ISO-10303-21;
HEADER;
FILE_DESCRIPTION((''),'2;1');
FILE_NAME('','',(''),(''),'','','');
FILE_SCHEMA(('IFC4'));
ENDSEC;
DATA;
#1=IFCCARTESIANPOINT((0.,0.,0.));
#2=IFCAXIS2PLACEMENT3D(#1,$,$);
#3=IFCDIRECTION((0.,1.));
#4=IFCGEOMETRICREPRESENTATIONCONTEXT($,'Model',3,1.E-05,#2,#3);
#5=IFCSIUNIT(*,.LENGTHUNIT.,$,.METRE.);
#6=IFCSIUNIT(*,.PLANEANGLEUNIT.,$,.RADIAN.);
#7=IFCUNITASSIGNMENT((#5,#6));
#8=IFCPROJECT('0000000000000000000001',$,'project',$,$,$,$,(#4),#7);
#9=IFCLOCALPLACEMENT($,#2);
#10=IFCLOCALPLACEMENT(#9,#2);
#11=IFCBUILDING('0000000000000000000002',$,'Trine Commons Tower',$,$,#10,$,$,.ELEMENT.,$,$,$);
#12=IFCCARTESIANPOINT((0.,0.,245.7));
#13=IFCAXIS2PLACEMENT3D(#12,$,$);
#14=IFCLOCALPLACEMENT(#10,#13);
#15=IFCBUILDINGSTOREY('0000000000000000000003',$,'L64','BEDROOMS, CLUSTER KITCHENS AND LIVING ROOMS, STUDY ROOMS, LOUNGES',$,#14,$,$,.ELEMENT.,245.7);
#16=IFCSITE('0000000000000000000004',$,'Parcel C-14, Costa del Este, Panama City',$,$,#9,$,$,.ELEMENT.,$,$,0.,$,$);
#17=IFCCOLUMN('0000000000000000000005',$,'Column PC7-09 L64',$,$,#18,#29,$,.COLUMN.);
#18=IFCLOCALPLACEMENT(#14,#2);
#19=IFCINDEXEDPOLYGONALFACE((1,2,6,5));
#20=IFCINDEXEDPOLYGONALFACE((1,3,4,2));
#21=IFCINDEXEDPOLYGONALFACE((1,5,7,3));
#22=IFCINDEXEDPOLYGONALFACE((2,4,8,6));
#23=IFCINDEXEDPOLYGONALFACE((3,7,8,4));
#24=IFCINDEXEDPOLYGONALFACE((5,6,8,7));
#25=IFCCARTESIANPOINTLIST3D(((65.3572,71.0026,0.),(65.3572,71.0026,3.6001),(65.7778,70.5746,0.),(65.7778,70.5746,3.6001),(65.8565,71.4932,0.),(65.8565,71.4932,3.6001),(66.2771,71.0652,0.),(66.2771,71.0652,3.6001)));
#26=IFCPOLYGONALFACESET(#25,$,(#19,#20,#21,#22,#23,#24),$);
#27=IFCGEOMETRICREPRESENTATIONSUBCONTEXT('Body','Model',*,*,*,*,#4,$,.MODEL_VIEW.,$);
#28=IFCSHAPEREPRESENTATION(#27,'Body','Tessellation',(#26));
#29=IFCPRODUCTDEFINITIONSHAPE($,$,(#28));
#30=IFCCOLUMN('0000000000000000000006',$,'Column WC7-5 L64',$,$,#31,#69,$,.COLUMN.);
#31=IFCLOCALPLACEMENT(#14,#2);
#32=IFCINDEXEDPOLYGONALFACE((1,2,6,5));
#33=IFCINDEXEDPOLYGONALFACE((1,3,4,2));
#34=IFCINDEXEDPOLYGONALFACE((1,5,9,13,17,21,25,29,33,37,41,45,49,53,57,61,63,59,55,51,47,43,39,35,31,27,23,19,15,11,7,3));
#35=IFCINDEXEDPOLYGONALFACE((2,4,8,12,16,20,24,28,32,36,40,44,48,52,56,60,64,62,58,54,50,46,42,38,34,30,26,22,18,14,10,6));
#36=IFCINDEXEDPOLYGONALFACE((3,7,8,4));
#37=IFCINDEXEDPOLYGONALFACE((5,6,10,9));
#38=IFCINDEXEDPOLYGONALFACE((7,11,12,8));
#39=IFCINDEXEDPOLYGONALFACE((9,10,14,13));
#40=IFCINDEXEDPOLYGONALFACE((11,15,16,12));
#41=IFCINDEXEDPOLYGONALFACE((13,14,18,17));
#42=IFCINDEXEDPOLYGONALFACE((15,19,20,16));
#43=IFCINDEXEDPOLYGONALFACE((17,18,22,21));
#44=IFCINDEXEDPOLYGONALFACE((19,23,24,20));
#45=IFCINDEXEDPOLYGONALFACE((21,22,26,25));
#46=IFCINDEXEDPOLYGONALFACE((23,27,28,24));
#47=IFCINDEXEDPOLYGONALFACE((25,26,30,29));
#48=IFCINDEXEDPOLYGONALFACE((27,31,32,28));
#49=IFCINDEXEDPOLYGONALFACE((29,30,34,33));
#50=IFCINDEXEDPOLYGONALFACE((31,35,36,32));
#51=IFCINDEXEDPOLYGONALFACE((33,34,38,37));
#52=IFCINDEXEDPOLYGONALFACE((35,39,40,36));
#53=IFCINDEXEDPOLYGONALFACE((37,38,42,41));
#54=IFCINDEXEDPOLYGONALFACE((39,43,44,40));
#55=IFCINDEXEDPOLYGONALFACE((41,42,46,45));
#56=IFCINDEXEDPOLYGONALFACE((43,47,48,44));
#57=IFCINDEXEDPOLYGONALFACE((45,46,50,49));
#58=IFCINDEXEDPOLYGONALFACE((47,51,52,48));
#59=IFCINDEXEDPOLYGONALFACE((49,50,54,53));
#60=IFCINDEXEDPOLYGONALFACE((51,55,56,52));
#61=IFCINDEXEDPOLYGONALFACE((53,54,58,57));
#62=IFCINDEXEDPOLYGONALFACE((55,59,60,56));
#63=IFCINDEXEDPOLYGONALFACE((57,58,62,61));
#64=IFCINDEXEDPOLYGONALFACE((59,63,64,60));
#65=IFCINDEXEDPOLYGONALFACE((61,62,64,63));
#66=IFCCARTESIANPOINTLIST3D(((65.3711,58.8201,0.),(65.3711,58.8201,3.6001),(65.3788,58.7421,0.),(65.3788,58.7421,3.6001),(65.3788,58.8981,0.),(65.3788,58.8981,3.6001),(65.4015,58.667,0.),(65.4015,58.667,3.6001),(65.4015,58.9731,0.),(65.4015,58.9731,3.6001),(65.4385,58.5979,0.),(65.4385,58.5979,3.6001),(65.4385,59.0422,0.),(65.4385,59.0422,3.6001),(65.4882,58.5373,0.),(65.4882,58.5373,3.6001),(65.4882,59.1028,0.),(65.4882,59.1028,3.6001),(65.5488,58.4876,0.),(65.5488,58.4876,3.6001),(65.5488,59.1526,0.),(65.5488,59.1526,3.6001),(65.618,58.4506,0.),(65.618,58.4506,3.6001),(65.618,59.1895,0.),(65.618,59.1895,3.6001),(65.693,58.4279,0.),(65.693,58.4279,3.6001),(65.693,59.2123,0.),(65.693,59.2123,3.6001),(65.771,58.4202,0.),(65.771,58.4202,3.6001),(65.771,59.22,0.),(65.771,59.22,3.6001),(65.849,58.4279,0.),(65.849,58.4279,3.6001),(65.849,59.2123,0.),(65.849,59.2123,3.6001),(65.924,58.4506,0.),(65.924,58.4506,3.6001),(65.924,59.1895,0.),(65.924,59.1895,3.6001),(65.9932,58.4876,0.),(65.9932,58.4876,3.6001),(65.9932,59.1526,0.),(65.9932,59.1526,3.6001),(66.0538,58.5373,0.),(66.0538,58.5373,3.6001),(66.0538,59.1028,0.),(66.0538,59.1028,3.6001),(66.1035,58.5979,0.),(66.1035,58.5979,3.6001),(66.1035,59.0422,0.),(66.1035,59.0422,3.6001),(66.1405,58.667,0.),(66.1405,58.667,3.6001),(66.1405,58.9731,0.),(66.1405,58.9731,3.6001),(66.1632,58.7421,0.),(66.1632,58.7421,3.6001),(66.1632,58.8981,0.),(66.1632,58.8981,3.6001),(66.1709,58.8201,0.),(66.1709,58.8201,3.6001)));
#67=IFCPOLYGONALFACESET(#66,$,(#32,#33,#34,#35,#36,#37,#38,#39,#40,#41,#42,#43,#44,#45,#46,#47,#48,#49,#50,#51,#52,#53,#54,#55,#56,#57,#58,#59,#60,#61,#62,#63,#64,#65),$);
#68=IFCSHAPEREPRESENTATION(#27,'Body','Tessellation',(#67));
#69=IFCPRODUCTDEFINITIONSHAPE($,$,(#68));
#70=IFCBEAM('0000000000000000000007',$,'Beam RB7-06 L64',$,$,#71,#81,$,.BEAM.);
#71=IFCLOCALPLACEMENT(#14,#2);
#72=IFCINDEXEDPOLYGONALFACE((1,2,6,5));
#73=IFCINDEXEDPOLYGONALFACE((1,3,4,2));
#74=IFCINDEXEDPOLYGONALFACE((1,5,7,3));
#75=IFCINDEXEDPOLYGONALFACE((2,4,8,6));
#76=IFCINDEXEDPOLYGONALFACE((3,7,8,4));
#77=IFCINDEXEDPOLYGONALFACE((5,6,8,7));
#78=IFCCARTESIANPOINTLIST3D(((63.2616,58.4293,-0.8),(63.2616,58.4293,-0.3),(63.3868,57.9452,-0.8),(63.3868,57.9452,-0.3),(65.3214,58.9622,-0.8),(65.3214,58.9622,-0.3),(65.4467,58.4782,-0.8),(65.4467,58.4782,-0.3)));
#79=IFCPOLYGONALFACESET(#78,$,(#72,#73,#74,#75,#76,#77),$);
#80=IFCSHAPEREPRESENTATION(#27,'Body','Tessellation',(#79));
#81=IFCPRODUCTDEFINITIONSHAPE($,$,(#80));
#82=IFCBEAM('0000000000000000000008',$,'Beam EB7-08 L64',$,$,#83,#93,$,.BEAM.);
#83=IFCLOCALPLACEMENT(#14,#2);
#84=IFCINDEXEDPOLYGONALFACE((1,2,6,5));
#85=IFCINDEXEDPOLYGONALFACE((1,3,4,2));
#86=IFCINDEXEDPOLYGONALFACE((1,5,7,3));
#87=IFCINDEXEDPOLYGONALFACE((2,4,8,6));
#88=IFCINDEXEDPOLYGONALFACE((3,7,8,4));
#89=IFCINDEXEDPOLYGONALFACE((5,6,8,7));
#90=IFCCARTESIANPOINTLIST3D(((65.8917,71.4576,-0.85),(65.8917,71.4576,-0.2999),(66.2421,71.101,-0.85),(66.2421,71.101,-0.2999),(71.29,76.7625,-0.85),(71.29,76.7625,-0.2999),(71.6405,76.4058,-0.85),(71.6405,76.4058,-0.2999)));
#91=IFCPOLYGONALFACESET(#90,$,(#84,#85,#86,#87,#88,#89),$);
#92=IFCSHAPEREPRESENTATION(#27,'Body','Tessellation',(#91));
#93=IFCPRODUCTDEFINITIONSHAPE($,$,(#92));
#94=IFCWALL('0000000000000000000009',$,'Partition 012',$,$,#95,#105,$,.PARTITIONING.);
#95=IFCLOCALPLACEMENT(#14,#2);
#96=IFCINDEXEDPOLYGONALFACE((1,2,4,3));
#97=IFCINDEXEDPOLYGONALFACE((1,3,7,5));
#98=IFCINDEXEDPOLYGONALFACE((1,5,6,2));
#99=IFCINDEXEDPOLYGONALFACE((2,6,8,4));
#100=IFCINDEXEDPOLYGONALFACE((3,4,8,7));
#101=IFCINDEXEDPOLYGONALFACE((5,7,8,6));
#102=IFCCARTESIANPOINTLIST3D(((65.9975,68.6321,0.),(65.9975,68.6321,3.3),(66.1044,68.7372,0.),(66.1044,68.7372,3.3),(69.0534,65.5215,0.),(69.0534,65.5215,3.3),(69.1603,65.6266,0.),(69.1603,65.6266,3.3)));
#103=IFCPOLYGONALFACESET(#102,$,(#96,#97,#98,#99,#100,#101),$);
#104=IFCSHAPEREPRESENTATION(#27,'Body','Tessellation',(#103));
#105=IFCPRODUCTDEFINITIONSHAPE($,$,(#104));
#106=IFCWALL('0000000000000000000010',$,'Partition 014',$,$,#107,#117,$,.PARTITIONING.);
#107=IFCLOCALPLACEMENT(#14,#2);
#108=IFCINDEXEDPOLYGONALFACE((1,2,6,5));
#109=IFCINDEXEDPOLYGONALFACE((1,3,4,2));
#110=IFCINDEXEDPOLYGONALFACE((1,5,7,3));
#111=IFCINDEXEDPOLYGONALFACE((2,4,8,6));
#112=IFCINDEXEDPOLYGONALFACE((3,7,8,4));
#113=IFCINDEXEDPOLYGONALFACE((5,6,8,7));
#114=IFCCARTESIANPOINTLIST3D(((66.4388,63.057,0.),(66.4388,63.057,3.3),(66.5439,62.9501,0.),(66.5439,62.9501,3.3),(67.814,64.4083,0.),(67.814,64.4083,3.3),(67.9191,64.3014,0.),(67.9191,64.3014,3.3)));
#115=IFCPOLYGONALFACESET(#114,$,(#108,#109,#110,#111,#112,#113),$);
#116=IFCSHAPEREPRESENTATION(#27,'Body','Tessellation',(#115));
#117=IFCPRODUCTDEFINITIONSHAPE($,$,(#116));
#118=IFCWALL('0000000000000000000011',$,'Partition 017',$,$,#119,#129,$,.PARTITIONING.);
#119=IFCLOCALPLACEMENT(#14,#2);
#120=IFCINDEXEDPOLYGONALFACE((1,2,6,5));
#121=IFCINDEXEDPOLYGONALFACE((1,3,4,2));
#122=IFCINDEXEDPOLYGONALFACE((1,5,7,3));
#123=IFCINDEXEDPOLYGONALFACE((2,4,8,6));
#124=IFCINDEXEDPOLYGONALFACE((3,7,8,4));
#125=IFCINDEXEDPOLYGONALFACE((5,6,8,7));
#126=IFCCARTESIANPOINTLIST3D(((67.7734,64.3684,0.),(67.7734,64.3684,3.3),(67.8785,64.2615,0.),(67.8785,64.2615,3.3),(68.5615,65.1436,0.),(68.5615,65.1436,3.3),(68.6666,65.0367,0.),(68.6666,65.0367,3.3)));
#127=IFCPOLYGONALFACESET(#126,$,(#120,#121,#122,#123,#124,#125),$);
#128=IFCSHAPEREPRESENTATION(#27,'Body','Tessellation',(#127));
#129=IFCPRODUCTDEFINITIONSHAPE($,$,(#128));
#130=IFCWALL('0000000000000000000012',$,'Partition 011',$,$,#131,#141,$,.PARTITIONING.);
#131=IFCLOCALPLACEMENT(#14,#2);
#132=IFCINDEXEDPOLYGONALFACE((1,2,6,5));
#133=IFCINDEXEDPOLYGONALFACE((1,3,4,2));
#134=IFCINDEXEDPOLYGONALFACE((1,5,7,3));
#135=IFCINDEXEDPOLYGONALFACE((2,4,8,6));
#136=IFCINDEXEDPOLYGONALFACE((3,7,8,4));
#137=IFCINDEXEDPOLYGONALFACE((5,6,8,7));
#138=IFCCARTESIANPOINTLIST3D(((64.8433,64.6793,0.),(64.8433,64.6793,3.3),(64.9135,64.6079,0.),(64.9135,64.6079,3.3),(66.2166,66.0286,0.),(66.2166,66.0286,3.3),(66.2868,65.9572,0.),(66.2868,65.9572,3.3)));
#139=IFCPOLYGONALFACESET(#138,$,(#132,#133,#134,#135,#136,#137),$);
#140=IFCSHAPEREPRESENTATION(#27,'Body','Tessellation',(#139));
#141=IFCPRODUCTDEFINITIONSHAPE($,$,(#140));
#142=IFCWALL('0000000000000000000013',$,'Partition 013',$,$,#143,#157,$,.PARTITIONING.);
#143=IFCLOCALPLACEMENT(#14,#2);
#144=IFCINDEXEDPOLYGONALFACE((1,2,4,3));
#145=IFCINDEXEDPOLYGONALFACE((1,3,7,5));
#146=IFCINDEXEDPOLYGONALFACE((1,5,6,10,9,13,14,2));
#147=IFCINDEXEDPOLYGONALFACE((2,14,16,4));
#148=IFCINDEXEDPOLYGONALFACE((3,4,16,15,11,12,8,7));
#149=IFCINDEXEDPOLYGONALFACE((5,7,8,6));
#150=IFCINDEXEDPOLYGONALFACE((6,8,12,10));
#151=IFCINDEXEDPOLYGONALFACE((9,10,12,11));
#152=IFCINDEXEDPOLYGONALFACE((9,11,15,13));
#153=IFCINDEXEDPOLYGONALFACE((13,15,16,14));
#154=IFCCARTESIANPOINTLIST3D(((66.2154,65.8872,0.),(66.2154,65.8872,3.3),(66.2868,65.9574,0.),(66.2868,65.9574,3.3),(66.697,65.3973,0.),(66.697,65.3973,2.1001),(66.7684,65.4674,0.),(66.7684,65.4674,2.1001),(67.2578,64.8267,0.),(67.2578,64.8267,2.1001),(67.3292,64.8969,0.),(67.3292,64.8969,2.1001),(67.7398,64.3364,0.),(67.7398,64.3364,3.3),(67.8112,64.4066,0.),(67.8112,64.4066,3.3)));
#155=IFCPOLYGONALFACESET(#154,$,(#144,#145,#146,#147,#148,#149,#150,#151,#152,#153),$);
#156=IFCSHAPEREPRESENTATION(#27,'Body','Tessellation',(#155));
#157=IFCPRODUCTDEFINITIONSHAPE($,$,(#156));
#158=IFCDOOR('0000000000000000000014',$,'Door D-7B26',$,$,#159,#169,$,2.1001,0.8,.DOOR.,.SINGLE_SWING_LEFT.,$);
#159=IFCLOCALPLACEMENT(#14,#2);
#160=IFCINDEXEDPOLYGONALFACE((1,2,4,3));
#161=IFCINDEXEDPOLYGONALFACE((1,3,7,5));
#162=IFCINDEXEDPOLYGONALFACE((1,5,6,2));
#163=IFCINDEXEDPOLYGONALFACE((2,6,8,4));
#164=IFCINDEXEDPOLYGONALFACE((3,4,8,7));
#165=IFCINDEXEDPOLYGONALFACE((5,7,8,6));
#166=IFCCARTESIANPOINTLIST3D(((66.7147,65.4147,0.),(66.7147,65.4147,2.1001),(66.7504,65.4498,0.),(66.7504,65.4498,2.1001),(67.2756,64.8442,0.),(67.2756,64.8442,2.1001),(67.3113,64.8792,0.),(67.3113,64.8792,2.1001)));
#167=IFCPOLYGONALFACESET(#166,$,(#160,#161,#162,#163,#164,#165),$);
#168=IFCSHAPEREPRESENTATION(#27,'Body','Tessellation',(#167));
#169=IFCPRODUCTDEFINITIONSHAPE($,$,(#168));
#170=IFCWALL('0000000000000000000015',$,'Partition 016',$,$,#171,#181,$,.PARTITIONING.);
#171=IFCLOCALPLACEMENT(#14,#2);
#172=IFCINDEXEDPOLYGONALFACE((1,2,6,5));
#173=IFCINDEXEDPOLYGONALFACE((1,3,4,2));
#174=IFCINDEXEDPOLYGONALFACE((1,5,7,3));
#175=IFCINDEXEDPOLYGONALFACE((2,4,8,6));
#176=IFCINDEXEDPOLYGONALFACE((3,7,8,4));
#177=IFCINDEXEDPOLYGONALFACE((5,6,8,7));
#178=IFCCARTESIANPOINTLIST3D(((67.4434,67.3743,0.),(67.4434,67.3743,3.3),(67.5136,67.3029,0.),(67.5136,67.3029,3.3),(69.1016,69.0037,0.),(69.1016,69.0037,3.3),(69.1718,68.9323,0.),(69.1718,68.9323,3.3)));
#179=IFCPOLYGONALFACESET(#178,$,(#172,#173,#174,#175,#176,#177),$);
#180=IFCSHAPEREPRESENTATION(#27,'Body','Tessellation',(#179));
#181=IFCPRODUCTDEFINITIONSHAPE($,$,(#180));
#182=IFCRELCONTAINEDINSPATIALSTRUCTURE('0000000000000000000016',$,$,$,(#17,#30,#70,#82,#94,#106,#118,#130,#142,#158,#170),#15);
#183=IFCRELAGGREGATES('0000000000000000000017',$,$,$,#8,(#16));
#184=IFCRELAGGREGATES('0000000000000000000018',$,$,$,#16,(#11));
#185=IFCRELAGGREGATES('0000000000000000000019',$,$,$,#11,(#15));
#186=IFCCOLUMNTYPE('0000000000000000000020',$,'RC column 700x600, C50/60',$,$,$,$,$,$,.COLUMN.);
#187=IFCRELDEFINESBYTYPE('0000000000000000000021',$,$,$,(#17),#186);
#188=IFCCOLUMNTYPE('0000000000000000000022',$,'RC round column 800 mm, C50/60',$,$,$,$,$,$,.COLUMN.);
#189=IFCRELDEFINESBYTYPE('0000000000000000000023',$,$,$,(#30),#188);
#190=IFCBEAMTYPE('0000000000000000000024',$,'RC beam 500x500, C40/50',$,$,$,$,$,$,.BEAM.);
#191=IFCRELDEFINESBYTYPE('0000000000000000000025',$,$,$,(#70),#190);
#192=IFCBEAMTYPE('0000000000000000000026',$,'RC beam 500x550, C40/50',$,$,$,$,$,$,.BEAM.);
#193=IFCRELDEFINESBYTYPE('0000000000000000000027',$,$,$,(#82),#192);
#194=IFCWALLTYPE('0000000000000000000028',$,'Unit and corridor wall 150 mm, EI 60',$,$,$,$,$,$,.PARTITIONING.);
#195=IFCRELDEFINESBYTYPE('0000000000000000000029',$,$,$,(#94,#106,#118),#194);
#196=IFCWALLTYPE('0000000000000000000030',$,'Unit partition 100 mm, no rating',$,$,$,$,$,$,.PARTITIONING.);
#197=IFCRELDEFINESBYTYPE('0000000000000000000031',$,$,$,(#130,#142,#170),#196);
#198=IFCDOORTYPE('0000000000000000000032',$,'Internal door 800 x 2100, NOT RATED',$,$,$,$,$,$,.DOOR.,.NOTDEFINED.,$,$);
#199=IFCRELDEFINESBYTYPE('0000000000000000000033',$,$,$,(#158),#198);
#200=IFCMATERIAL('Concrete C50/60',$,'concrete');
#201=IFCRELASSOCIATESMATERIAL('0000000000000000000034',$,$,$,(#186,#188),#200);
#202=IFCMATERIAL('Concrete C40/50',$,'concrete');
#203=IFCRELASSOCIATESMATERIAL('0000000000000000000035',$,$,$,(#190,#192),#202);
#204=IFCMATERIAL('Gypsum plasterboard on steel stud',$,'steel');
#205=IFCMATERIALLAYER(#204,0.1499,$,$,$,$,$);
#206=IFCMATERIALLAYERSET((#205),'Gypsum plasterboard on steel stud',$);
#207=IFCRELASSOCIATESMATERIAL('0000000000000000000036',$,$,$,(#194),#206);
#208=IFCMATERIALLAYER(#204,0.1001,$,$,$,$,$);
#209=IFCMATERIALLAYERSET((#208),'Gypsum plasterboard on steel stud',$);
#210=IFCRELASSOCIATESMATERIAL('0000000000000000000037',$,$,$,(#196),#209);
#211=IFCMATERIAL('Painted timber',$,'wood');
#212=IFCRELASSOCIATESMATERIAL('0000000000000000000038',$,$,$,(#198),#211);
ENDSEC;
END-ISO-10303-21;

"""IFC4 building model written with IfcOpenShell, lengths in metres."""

from ifc_helpers import new_model, si_unit, direction, frame, frame_2d, origin, origin_2d, place, context, subcontext, project, spatial, rectangle, circle, extrude, material, layer, layer_set, material_profile, profile_set, type_object, element, fill, save


model = new_model("IFC4")

# Units and contexts
model_context = context("Model", 3, precision=1e-05, world=origin(), true_north=direction((0.0, 1.0)))
body_context = subcontext(model_context, "Body", "Model", "MODEL_VIEW")
ifc_project = project(units=[si_unit("LENGTHUNIT", "METRE"), si_unit("PLANEANGLEUNIT", "RADIAN")], contexts=[model_context])

# Site, building, storey
site_placement = place(None, origin())
site = spatial("IfcSite", under=ifc_project, at=site_placement, Name="Parcel C-14, Costa del Este, Panama City", CompositionType="ELEMENT", RefElevation=0.0)
building_placement = place(site_placement, origin())
building = spatial("IfcBuilding", under=site, at=building_placement, Name="Trine Commons Tower", CompositionType="ELEMENT")
storey_placement = place(building_placement, frame((0.0, 0.0, 245.7)))
storey = spatial("IfcBuildingStorey", under=building, at=storey_placement, Name="L64", Description="BEDROOMS, CLUSTER KITCHENS AND LIVING ROOMS, STUDY ROOMS, LOUNGES", CompositionType="ELEMENT", Elevation=245.7)

# Columns
ifc_material_1 = material(Name="Concrete C50/60", Category="concrete")
ifc_material_profile_1 = material_profile(ifc_material_1, rectangle(XDim=0.7, YDim=0.6001, at=origin_2d()), Name="RC 700x600")
ifc_profile_set_1 = profile_set([ifc_material_profile_1], Name="Concrete C50/60")
column_type_1 = type_object("IfcColumnType", Name="RC column 700x600, C50/60", PredefinedType="COLUMN", material=ifc_profile_set_1)
column_1_placement = place(storey_placement, frame((65.8171, 71.0339, 0.0), z_axis=(0.0, 0.0, 1.0), x_axis=(0.71325, 0.700909, 0.0)))
element("IfcColumn", 1, at=column_1_placement, inside=storey, type_object=column_type_1, Name="Column PC7-09 L64", PredefinedType="COLUMN", context=body_context, shape_type="SweptSolid", body=[
    extrude(rectangle(XDim=0.7, YDim=0.6001, at=origin_2d()), origin(), (0.0, 0.0, 1.0), 3.6001),
])
ifc_material_profile_2 = material_profile(ifc_material_1, circle(Radius=0.3999, at=origin_2d()), Name="RC round 800")
ifc_profile_set_2 = profile_set([ifc_material_profile_2], Name="Concrete C50/60")
column_type_2 = type_object("IfcColumnType", Name="RC round column 800 mm, C50/60", PredefinedType="COLUMN", material=ifc_profile_set_2)
column_2_placement = place(storey_placement, frame((65.771, 58.8201, 0.0), z_axis=(0.0, 0.0, 1.0), x_axis=(1.0, 0.0, 0.0)))
element("IfcColumn", 2, at=column_2_placement, inside=storey, type_object=column_type_2, Name="Column WC7-5 L64", PredefinedType="COLUMN", context=body_context, shape_type="SweptSolid", body=[
    extrude(circle(Radius=0.3999, at=origin_2d()), origin(), (0.0, 0.0, 1.0), 3.6001),
])

# Beams
ifc_material_2 = material(Name="Concrete C40/50", Category="concrete")
ifc_material_profile_3 = material_profile(ifc_material_2, rectangle(XDim=0.5, YDim=0.5, at=origin_2d()), Name="RC 500x500")
ifc_profile_set_3 = profile_set([ifc_material_profile_3], Name="Concrete C40/50")
beam_type_1 = type_object("IfcBeamType", Name="RC beam 500x500, C40/50", PredefinedType="BEAM", material=ifc_profile_set_3)
beam_1_placement = place(storey_placement, frame((65.384, 58.7202, -0.55), z_axis=(-0.968119, -0.250492, 0.0), x_axis=(0.250492, -0.968119, 0.0)))
element("IfcBeam", 3, at=beam_1_placement, inside=storey, type_object=beam_type_1, Name="Beam RB7-06 L64", PredefinedType="BEAM", context=body_context, shape_type="SweptSolid", body=[
    extrude(rectangle(XDim=0.5, YDim=0.5, at=origin_2d()), origin(), (0.0, 0.0, 1.0), 2.1277),
])
ifc_material_profile_4 = material_profile(ifc_material_2, rectangle(XDim=0.5, YDim=0.55, at=origin_2d()), Name="RC 500x550")
ifc_profile_set_4 = profile_set([ifc_material_profile_4], Name="Concrete C40/50")
beam_type_2 = type_object("IfcBeamType", Name="RC beam 500x550, C40/50", PredefinedType="BEAM", material=ifc_profile_set_4)
beam_2_placement = place(storey_placement, frame((66.0669, 71.2793, -0.575), z_axis=(0.713257, 0.700903, 0.0), x_axis=(-0.700903, 0.713257, 0.0)))
element("IfcBeam", 4, at=beam_2_placement, inside=storey, type_object=beam_type_2, Name="Beam EB7-08 L64", PredefinedType="BEAM", context=body_context, shape_type="SweptSolid", body=[
    extrude(rectangle(XDim=0.5, YDim=0.55, at=origin_2d()), origin(), (0.0, 0.0, 1.0), 7.5686),
])

# Walls
ifc_material_3 = material(Name="Gypsum plasterboard on steel stud", Category="steel")
ifc_layer_1 = layer(ifc_material_3, 0.1499)
ifc_layer_set_1 = layer_set([ifc_layer_1], Name="Gypsum plasterboard on steel stud")
wall_type_1 = type_object("IfcWallType", Name="Unit and corridor wall 150 mm, EI 60", PredefinedType="PARTITIONING", material=ifc_layer_set_1)
wall_1_placement = place(storey_placement, frame((66.051, 68.6846, 0.0), z_axis=(0.0, 0.0, 1.0), x_axis=(0.700808, -0.71335, 0.0)))
element("IfcWall", 5, at=wall_1_placement, inside=storey, type_object=wall_type_1, Name="Partition 012", PredefinedType="PARTITIONING", context=body_context, shape_type="SweptSolid", body=[
    extrude(rectangle(XDim=4.3606, YDim=0.1499, at=frame_2d((2.1802, 0.0))), origin(), (0.0, 0.0, 1.0), 3.3),
])
wall_2_placement = place(storey_placement, frame((66.4915, 63.0037, 0.0), z_axis=(0.0, 0.0, 1.0), x_axis=(0.713284, 0.700875, 0.0)))
element("IfcWall", 6, at=wall_2_placement, inside=storey, type_object=wall_type_1, Name="Partition 014", PredefinedType="PARTITIONING", context=body_context, shape_type="SweptSolid", body=[
    extrude(rectangle(XDim=1.928, YDim=0.1499, at=frame_2d((0.9639, 0.0))), origin(), (0.0, 0.0, 1.0), 3.3),
])
wall_3_placement = place(storey_placement, frame((67.8259, 64.3149, 0.0), z_axis=(0.0, 0.0, 1.0), x_axis=(0.712935, 0.70123, 0.0)))
element("IfcWall", 7, at=wall_3_placement, inside=storey, type_object=wall_type_1, Name="Partition 017", PredefinedType="PARTITIONING", context=body_context, shape_type="SweptSolid", body=[
    extrude(rectangle(XDim=1.1055, YDim=0.1499, at=frame_2d((0.5527, 0.0))), origin(), (0.0, 0.0, 1.0), 3.3),
])
ifc_layer_2 = layer(ifc_material_3, 0.1001)
ifc_layer_set_2 = layer_set([ifc_layer_2], Name="Gypsum plasterboard on steel stud")
wall_type_2 = type_object("IfcWallType", Name="Unit partition 100 mm, no rating", PredefinedType="PARTITIONING", material=ifc_layer_set_2)
wall_4_placement = place(storey_placement, frame((64.8784, 64.6436, 0.0), z_axis=(0.0, 0.0, 1.0), x_axis=(0.713293, 0.700866, 0.0)))
element("IfcWall", 8, at=wall_4_placement, inside=storey, type_object=wall_type_2, Name="Partition 011", PredefinedType="PARTITIONING", context=body_context, shape_type="SweptSolid", body=[
    extrude(rectangle(XDim=1.9253, YDim=0.1001, at=frame_2d((0.9626, 0.0))), origin(), (0.0, 0.0, 1.0), 3.3),
])

# Wall, opening, door
wall_5_placement = place(storey_placement, frame((66.251, 65.9224, 0.0), z_axis=(0.0, 0.0, 1.0), x_axis=(0.701018, -0.713143, 0.0)))
wall_5 = element("IfcWall", 9, at=wall_5_placement, inside=storey, type_object=wall_type_2, Name="Partition 013", PredefinedType="PARTITIONING", context=body_context, shape_type="SweptSolid", body=[
    extrude(rectangle(XDim=2.1746, YDim=0.1001, at=frame_2d((1.0874, 0.0))), origin(), (0.0, 0.0, 1.0), 3.3),
])
opening_placement = place(wall_5_placement, frame((0.6873, 0.0, 0.0)))
opening = element("IfcOpeningElement", 10, at=opening_placement, cuts=wall_5, PredefinedType="OPENING", context=body_context, shape_type="SweptSolid", body=[
    extrude(rectangle(XDim=0.8, YDim=2.1001, at=frame_2d((0.3999, 1.05))), frame((0.0, 0.0601, 0.0), z_axis=(0.0, -1.0, 0.0), x_axis=(1.0, 0.0, 0.0)), (0.0, 0.0, 1.0), 0.1201),
])
ifc_material_4 = material(Name="Painted timber", Category="wood")
door_type = type_object("IfcDoorType", Name="Internal door 800 x 2100, NOT RATED", OperationType="NOTDEFINED", PredefinedType="DOOR", material=ifc_material_4)
door_placement = place(opening_placement, origin())
door = element("IfcDoor", 11, at=door_placement, inside=storey, type_object=door_type, Name="Door D-7B26", OperationType="SINGLE_SWING_LEFT", OverallHeight=2.1001, OverallWidth=0.8, PredefinedType="DOOR", context=body_context, shape_type="SweptSolid", body=[
    extrude(rectangle(XDim=0.8, YDim=2.1001, at=frame_2d((0.3999, 1.05))), frame((0.0, 0.0249, 0.0), z_axis=(0.0, -1.0, 0.0), x_axis=(1.0, 0.0, 0.0)), (0.0, 0.0, 1.0), 0.05),
])
fill(opening, door)

# Wall
wall_6_placement = place(storey_placement, frame((67.4785, 67.3386, 0.0), z_axis=(0.0, 0.0, 1.0), x_axis=(0.713276, 0.700884, 0.0)))
element("IfcWall", 12, at=wall_6_placement, inside=storey, type_object=wall_type_2, Name="Partition 016", PredefinedType="PARTITIONING", context=body_context, shape_type="SweptSolid", body=[
    extrude(rectangle(XDim=2.3247, YDim=0.1001, at=frame_2d((1.1624, 0.0))), origin(), (0.0, 0.0, 1.0), 3.3),
])

save(model, "model.ifc")
